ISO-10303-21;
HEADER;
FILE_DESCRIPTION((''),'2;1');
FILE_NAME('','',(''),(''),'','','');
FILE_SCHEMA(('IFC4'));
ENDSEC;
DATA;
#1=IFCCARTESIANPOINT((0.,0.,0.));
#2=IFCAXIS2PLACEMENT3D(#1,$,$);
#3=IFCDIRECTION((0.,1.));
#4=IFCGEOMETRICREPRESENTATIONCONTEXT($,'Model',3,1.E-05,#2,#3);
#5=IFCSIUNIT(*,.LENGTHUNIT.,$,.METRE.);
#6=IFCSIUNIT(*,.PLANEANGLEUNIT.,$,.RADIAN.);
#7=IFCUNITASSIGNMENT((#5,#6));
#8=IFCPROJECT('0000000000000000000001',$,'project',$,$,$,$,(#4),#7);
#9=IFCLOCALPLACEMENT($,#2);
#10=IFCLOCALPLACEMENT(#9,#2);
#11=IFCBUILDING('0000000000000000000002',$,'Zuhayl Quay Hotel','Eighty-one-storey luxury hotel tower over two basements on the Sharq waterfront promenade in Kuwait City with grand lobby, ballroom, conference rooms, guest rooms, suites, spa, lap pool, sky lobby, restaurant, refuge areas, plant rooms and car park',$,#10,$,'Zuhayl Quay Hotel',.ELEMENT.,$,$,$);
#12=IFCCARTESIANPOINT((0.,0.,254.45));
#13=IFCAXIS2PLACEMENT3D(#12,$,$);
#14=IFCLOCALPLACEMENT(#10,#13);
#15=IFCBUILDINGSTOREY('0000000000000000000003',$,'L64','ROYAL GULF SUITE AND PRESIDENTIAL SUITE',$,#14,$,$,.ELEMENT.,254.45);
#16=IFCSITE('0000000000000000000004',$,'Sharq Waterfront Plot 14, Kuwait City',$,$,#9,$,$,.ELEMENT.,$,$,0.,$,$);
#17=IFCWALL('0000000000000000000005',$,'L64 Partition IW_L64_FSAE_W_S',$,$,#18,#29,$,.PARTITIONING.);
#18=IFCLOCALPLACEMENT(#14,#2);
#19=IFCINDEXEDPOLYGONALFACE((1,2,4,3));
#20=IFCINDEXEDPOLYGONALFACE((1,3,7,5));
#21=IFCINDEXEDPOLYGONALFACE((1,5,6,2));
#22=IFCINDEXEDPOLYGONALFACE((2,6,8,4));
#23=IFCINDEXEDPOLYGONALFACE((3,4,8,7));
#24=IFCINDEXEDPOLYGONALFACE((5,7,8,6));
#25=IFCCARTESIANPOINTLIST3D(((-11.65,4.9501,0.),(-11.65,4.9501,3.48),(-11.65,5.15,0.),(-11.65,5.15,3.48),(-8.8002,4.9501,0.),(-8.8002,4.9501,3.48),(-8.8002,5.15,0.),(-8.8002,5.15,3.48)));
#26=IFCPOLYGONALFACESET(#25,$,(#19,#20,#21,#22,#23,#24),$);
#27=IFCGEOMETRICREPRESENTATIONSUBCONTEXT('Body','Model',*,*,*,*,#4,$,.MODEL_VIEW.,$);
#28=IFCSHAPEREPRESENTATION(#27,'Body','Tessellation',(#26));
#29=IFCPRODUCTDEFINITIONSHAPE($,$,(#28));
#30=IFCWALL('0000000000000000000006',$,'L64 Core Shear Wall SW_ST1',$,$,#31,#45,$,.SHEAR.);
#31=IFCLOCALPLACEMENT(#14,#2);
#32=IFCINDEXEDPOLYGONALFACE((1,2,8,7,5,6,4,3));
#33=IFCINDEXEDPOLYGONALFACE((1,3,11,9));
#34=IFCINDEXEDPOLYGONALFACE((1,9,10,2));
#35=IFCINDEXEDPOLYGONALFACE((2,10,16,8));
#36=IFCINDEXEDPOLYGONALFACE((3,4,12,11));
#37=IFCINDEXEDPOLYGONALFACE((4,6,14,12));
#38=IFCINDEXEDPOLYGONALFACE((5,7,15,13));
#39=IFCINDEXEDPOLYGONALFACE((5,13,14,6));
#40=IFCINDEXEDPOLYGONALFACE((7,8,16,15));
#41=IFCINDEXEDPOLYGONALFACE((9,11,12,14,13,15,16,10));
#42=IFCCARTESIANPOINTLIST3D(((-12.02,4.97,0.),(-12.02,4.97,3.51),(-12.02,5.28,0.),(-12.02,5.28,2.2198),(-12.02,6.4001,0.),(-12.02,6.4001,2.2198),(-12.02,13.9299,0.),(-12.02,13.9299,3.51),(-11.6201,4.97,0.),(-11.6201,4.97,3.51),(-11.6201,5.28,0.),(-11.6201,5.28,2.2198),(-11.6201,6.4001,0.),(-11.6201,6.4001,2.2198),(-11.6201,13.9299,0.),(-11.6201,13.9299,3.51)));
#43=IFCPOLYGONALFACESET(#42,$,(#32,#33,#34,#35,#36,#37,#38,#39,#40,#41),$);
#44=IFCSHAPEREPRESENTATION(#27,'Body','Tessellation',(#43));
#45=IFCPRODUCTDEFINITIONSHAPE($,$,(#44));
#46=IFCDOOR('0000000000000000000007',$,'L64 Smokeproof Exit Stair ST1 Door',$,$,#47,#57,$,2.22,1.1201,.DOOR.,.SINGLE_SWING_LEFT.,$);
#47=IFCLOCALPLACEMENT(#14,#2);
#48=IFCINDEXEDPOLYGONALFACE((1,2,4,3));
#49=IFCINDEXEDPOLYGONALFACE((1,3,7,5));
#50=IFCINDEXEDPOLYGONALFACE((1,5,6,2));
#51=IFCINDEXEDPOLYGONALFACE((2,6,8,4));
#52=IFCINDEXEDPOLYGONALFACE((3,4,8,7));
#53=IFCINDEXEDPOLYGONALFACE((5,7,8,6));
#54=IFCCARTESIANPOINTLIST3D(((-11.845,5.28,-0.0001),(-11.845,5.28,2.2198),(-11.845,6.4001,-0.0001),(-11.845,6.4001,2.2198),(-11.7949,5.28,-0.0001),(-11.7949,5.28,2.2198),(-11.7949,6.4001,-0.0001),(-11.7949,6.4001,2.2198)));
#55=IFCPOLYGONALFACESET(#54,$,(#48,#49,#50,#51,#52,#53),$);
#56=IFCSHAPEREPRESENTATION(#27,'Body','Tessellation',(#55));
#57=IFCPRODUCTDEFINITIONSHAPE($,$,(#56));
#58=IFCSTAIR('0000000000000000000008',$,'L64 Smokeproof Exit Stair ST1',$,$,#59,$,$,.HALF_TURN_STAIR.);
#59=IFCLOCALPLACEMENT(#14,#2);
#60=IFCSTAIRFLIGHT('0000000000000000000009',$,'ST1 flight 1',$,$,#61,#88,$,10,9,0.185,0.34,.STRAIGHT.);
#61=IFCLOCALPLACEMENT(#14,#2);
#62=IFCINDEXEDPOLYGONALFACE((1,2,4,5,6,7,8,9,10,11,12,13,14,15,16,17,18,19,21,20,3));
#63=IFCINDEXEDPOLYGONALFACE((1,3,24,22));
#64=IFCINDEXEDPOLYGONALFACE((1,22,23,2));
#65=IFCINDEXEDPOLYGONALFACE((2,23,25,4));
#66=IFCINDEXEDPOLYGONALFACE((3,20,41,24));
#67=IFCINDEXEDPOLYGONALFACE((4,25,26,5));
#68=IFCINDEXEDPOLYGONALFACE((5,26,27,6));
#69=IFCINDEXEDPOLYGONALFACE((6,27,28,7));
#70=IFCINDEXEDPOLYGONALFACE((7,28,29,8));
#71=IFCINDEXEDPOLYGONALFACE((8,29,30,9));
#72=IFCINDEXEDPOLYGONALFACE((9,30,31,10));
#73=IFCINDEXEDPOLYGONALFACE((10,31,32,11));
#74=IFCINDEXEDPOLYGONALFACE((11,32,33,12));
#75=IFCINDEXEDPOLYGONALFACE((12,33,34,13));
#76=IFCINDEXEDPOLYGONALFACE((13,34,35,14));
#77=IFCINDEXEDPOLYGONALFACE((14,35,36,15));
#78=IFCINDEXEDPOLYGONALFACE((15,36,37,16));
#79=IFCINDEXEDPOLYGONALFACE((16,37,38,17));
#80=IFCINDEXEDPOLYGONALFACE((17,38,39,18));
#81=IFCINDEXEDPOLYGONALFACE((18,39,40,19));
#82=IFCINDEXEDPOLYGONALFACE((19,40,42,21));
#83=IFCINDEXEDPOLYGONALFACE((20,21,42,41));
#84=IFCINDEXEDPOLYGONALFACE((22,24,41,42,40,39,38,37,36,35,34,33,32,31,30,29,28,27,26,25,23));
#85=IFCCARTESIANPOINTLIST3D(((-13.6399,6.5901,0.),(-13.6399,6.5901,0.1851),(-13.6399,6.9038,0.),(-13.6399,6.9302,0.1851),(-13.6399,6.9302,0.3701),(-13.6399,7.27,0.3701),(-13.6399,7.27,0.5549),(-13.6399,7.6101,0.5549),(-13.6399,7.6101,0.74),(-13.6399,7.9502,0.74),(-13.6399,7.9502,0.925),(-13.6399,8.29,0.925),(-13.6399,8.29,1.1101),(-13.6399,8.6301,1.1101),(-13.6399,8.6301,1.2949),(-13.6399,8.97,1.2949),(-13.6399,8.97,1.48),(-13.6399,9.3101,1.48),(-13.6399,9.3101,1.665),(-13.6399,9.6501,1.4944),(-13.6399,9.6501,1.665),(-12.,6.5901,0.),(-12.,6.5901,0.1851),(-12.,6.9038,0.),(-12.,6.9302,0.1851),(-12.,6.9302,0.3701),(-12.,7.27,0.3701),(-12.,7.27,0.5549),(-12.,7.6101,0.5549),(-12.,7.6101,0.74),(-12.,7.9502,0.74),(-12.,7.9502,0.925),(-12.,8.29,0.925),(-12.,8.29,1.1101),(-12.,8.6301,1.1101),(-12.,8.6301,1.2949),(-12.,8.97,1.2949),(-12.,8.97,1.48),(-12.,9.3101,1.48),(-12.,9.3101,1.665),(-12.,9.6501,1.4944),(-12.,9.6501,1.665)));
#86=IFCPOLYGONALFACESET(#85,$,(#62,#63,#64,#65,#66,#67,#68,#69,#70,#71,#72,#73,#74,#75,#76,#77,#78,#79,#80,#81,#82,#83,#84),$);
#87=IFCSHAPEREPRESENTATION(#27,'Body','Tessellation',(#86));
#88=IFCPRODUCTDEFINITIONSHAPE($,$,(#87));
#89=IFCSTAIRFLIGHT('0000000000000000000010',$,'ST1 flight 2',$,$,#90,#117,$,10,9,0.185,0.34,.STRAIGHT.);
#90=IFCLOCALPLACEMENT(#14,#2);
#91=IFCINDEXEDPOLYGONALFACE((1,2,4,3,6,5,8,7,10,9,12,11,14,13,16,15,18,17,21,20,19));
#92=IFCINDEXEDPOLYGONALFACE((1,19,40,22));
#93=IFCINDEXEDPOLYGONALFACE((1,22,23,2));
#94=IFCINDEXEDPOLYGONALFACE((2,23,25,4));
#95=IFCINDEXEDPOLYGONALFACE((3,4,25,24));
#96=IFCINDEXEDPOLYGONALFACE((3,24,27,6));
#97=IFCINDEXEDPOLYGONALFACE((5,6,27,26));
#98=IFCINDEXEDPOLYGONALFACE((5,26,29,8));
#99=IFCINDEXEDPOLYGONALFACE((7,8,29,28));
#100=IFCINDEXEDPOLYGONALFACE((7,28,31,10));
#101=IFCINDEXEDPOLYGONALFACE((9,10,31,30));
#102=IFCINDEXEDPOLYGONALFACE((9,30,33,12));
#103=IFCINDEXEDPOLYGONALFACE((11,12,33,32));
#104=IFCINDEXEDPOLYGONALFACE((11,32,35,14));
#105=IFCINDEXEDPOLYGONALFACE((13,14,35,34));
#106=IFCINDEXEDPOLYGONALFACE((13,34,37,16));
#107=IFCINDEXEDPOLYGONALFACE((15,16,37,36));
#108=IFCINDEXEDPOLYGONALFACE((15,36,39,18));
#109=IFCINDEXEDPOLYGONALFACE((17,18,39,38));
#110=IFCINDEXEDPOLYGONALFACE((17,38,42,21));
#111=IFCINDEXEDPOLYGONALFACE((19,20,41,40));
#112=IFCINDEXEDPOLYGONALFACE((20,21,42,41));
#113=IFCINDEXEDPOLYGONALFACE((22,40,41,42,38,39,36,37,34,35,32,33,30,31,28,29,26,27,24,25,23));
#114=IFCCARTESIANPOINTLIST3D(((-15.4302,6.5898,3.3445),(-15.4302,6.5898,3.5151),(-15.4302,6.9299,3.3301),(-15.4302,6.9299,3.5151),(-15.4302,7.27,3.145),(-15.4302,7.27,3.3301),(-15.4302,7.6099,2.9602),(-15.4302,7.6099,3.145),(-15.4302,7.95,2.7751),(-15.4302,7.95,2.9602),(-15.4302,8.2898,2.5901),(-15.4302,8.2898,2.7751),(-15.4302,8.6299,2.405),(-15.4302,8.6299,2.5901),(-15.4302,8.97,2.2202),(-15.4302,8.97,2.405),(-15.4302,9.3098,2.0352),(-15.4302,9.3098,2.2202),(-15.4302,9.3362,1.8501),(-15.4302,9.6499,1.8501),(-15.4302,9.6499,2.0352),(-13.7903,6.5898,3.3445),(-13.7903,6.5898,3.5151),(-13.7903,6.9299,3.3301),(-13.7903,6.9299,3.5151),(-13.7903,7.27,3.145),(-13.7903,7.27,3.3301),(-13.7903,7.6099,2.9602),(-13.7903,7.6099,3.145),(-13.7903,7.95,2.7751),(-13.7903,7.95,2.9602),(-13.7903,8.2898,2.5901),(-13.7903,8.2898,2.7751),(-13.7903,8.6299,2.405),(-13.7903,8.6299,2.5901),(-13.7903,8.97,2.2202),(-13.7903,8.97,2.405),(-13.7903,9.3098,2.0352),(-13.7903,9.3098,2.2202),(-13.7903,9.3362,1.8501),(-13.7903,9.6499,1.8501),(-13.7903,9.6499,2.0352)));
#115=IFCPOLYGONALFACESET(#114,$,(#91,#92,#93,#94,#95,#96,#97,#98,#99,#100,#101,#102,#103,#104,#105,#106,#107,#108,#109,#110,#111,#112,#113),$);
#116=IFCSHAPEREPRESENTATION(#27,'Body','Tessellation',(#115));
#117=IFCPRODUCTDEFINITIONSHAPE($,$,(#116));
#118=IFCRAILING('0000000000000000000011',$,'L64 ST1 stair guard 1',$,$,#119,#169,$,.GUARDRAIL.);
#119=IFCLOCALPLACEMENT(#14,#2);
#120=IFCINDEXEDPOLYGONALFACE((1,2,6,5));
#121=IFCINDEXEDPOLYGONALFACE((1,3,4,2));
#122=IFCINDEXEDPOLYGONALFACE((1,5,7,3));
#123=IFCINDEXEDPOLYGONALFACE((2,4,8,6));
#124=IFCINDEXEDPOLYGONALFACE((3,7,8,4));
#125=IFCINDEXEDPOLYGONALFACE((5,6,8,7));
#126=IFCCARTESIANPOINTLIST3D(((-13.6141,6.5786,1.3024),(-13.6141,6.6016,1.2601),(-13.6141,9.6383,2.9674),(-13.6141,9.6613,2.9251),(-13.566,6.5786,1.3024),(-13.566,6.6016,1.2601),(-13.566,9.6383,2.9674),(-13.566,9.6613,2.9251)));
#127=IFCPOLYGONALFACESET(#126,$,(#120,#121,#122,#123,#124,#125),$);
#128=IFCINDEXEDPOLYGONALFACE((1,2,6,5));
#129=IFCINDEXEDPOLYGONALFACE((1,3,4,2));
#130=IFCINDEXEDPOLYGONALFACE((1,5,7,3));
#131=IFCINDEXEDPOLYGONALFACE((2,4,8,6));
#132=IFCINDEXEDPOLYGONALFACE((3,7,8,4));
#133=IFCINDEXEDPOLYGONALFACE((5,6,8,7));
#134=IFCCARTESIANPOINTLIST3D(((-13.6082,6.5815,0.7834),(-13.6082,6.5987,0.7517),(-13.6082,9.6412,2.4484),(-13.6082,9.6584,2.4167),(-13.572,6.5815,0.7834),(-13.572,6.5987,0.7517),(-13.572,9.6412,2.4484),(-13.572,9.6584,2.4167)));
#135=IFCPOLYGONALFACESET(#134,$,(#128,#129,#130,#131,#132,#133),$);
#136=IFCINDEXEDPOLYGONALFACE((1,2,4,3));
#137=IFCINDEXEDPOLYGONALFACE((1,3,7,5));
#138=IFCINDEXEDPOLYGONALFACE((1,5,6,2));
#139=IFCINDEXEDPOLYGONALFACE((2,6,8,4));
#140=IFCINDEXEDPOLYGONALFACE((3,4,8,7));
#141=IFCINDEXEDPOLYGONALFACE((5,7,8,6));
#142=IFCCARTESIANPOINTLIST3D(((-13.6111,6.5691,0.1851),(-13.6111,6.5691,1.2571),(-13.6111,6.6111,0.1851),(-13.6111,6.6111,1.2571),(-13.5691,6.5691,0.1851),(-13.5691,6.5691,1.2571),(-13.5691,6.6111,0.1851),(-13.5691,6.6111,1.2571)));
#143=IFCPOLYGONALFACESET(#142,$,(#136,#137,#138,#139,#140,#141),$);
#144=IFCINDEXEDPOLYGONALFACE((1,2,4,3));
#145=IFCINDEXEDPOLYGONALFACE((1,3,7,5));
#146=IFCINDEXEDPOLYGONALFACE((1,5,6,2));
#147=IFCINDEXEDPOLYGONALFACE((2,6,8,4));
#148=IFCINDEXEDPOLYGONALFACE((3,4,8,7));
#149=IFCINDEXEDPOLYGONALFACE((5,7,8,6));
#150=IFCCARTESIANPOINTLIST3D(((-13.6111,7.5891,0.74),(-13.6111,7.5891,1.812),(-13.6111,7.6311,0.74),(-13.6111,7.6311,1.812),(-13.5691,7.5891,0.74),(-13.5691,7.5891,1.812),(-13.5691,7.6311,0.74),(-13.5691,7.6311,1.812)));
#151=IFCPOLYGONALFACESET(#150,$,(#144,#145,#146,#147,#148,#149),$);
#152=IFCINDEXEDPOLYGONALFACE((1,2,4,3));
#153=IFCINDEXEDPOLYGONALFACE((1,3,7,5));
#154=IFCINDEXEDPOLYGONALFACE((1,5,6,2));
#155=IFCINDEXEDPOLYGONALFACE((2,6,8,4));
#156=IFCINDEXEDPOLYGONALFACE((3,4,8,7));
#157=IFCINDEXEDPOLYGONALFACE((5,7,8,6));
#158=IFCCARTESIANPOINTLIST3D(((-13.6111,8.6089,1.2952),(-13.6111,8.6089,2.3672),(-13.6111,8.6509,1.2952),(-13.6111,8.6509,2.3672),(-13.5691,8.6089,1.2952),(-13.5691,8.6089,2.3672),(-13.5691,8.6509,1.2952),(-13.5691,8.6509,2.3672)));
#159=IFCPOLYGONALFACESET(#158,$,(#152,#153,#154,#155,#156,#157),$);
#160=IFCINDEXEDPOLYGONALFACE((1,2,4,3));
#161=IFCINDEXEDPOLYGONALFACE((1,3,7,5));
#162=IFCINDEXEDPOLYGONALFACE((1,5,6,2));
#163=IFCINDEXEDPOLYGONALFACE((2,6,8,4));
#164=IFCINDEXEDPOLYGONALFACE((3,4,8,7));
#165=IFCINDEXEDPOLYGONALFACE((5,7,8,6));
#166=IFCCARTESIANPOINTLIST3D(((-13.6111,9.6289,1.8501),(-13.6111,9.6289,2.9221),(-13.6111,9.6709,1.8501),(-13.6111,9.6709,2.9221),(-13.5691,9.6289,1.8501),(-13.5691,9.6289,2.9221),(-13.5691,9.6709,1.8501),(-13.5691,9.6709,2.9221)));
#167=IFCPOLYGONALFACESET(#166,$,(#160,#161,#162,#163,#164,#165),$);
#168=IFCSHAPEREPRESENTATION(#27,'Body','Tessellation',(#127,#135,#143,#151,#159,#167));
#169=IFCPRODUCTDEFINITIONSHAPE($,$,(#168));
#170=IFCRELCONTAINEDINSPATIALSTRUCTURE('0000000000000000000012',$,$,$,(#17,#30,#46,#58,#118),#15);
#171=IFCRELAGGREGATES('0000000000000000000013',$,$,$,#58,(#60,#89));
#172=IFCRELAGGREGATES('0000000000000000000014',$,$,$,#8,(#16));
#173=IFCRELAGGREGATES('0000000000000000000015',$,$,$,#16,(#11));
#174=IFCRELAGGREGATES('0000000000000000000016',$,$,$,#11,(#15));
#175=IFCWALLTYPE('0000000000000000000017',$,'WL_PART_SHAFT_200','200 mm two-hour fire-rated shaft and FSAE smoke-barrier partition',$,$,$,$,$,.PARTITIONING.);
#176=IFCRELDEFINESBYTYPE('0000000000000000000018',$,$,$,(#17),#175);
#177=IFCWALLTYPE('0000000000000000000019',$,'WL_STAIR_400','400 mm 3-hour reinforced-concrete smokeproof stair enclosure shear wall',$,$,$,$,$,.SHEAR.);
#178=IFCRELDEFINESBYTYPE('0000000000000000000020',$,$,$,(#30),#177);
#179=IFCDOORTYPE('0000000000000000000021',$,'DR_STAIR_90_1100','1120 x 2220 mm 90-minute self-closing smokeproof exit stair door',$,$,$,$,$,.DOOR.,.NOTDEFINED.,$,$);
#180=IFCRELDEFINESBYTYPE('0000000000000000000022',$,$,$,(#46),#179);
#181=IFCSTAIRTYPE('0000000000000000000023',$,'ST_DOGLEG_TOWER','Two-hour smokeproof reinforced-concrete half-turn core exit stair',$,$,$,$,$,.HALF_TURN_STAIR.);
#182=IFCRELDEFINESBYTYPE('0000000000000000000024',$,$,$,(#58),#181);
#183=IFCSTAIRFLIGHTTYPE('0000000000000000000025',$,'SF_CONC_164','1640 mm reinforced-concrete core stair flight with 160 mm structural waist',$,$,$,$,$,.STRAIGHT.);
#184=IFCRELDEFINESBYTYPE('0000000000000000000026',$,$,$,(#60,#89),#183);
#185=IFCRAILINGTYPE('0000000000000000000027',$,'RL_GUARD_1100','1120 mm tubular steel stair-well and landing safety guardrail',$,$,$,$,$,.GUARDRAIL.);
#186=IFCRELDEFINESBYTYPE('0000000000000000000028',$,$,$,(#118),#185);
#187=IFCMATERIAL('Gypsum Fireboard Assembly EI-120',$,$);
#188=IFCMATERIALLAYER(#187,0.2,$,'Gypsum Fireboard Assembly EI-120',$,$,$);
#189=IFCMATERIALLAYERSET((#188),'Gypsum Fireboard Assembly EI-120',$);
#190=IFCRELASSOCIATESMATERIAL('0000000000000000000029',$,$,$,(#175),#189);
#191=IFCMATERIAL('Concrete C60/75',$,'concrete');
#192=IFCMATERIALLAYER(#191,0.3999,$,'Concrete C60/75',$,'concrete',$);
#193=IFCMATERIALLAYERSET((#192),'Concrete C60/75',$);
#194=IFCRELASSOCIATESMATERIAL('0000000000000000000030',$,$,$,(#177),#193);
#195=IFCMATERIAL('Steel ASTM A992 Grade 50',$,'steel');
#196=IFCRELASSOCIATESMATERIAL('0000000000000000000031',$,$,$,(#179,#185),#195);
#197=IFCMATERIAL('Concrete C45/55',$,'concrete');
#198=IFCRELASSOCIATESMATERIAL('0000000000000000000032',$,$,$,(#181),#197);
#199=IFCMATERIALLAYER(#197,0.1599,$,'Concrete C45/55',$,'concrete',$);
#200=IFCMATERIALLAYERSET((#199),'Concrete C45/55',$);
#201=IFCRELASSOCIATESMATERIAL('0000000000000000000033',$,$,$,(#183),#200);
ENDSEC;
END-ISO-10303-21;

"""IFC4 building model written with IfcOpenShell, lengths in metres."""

from ifc_helpers import new_model, si_unit, direction, frame, frame_2d, origin, origin_2d, place, context, subcontext, project, spatial, polyline, rectangle, outline, extrude, material, layer, layer_set, type_object, element, fill, aggregate, save


model = new_model("IFC4")

# Units and contexts
model_context = context("Model", 3, precision=1e-05, world=origin(), true_north=direction((0.0, 1.0)))
body_context = subcontext(model_context, "Body", "Model", "MODEL_VIEW")
ifc_project = project(units=[si_unit("LENGTHUNIT", "METRE"), si_unit("PLANEANGLEUNIT", "RADIAN")], contexts=[model_context])

# Site, building, storey
site_placement = place(None, origin())
site = spatial("IfcSite", under=ifc_project, at=site_placement, Name="Sharq Waterfront Plot 14, Kuwait City", CompositionType="ELEMENT", RefElevation=0.0)
building_placement = place(site_placement, origin())
building = spatial("IfcBuilding", under=site, at=building_placement, Name="Zuhayl Quay Hotel", Description="Eighty-one-storey luxury hotel tower over two basements on the Sharq waterfront promenade in Kuwait City with grand lobby, ballroom, conference rooms, guest rooms, suites, spa, lap pool, sky lobby, restaurant, refuge areas, plant rooms and car park", LongName="Zuhayl Quay Hotel", CompositionType="ELEMENT")
storey_placement = place(building_placement, frame((0.0, 0.0, 254.45)))
storey = spatial("IfcBuildingStorey", under=building, at=storey_placement, Name="L64", Description="ROYAL GULF SUITE AND PRESIDENTIAL SUITE", CompositionType="ELEMENT", Elevation=254.45)

# Shared definitions
ifc_material_1 = material(Name="Concrete C60/75", Category="concrete")

# Wall
ifc_material_2 = material(Name="Gypsum Fireboard Assembly EI-120")
ifc_layer_1 = layer(ifc_material_2, 0.2, Name="Gypsum Fireboard Assembly EI-120")
ifc_layer_set_1 = layer_set([ifc_layer_1], Name="Gypsum Fireboard Assembly EI-120")
wall_type_1 = type_object("IfcWallType", Name="WL_PART_SHAFT_200", Description="200 mm two-hour fire-rated shaft and FSAE smoke-barrier partition", PredefinedType="PARTITIONING", material=ifc_layer_set_1)
wall_1_placement = place(storey_placement, frame((-11.6499, 5.05, 0.0), z_axis=(0.0, 0.0, 1.0), x_axis=(1.0, 0.0, 0.0)))
element("IfcWall", 1, at=wall_1_placement, inside=storey, type_object=wall_type_1, Name="L64 Partition IW_L64_FSAE_W_S", PredefinedType="PARTITIONING", context=body_context, shape_type="SweptSolid", body=[
    extrude(rectangle(XDim=2.8499, YDim=0.2, at=frame_2d((1.4248, 0.0))), origin(), (0.0, 0.0, 1.0), 3.48),
])

# Wall, opening, door
ifc_layer_2 = layer(ifc_material_1, 0.3999, Name="Concrete C60/75", Category="concrete")
ifc_layer_set_2 = layer_set([ifc_layer_2], Name="Concrete C60/75")
wall_type_2 = type_object("IfcWallType", Name="WL_STAIR_400", Description="400 mm 3-hour reinforced-concrete smokeproof stair enclosure shear wall", PredefinedType="SHEAR", material=ifc_layer_set_2)
wall_2_placement = place(storey_placement, frame((-11.8201, 4.97, 0.0), z_axis=(0.0, 0.0, 1.0), x_axis=(0.0, 1.0, 0.0)))
wall_2 = element("IfcWall", 2, at=wall_2_placement, inside=storey, type_object=wall_type_2, Name="L64 Core Shear Wall SW_ST1", PredefinedType="SHEAR", context=body_context, shape_type="SweptSolid", body=[
    extrude(rectangle(XDim=8.96, YDim=0.3999, at=frame_2d((4.48, 0.0))), origin(), (0.0, 0.0, 1.0), 3.51),
])
opening_1_placement = place(wall_2_placement, frame((0.3101, 0.0, 0.0)))
opening_1 = element("IfcOpeningElement", 3, at=opening_1_placement, cuts=wall_2, PredefinedType="OPENING", context=body_context, shape_type="SweptSolid", body=[
    extrude(rectangle(XDim=1.1201, YDim=2.22, at=frame_2d((0.5601, 1.1099))), frame((0.0, 0.21, 0.0), z_axis=(0.0, -1.0, 0.0), x_axis=(1.0, 0.0, 0.0)), (0.0, 0.0, 1.0), 0.4199),
])
ifc_material_3 = material(Name="Steel ASTM A992 Grade 50", Category="steel")
door_type_1 = type_object("IfcDoorType", Name="DR_STAIR_90_1100", Description="1120 x 2220 mm 90-minute self-closing smokeproof exit stair door", OperationType="NOTDEFINED", PredefinedType="DOOR", material=ifc_material_3)
door_1_placement = place(opening_1_placement, origin())
door_1 = element("IfcDoor", 4, at=door_1_placement, inside=storey, type_object=door_type_1, Name="L64 Smokeproof Exit Stair ST1 Door", OperationType="SINGLE_SWING_LEFT", OverallHeight=2.22, OverallWidth=1.1201, PredefinedType="DOOR", context=body_context, shape_type="SweptSolid", body=[
    extrude(rectangle(XDim=1.1201, YDim=2.22, at=frame_2d((0.5601, 1.1099))), frame((0.0, 0.0249, 0.0), z_axis=(0.0, -1.0, 0.0), x_axis=(1.0, 0.0, 0.0)), (0.0, 0.0, 1.0), 0.05),
])
fill(opening_1, door_1)

# Stair, stair flights
ifc_material_4 = material(Name="Concrete C45/55", Category="concrete")
stair_type = type_object("IfcStairType", Name="ST_DOGLEG_TOWER", Description="Two-hour smokeproof reinforced-concrete half-turn core exit stair", PredefinedType="HALF_TURN_STAIR", material=ifc_material_4)
stair_placement = place(storey_placement, origin())
stair = element("IfcStair", 5, at=stair_placement, inside=storey, type_object=stair_type, Name="L64 Smokeproof Exit Stair ST1", PredefinedType="HALF_TURN_STAIR")
ifc_layer_3 = layer(ifc_material_4, 0.1599, Name="Concrete C45/55", Category="concrete")
ifc_layer_set_3 = layer_set([ifc_layer_3], Name="Concrete C45/55")
stair_flight_type = type_object("IfcStairFlightType", Name="SF_CONC_164", Description="1640 mm reinforced-concrete core stair flight with 160 mm structural waist", PredefinedType="STRAIGHT", material=ifc_layer_set_3)
stair_flight_1_placement = place(storey_placement, frame((-12.8201, 6.5901, 0.0), z_axis=(0.0, 0.0, 1.0), x_axis=(0.0, 1.0, 0.0)))
stair_flight_1 = element("IfcStairFlight", 6, at=stair_flight_1_placement, type_object=stair_flight_type, Name="ST1 flight 1", NumberOfRisers=10, NumberOfTreads=9, PredefinedType="STRAIGHT", RiserHeight=0.185, TreadLength=0.34, context=body_context, shape_type="SweptSolid", body=[
    extrude(outline(polyline([(0.0, 0.0), (0.0, 0.1851), (0.3401, 0.1851), (0.3401, 0.3701), (0.6799, 0.3701), (0.6799, 0.5549), (1.02, 0.5549), (1.02, 0.74), (1.3601, 0.74), (1.3601, 0.925), (1.7, 0.925), (1.7, 1.1101), (2.04, 1.1101), (2.04, 1.2949), (2.3799, 1.2949), (2.3799, 1.48), (2.72, 1.48), (2.72, 1.665), (3.0601, 1.665), (3.0601, 1.8501), (3.0601, 1.4944), (0.3137, 0.0), (0.0, 0.0)])), frame((0.0, 0.8198, 0.0), z_axis=(0.0, -1.0, 0.0), x_axis=(1.0, 0.0, 0.0)), (0.0, 0.0, 1.0), 1.6399),
])
stair_flight_2_placement = place(storey_placement, frame((-14.6101, 9.6499, 1.8501), z_axis=(0.0, 0.0, 1.0), x_axis=(0.0, -1.0, 0.0)))
stair_flight_2 = element("IfcStairFlight", 7, at=stair_flight_2_placement, type_object=stair_flight_type, Name="ST1 flight 2", NumberOfRisers=10, NumberOfTreads=9, PredefinedType="STRAIGHT", RiserHeight=0.185, TreadLength=0.34, context=body_context, shape_type="SweptSolid", body=[
    extrude(outline(polyline([(0.0, 0.0), (0.0, 0.1851), (0.3401, 0.1851), (0.3401, 0.3701), (0.6799, 0.3701), (0.6799, 0.5549), (1.02, 0.5549), (1.02, 0.74), (1.3601, 0.74), (1.3601, 0.925), (1.7, 0.925), (1.7, 1.1101), (2.04, 1.1101), (2.04, 1.2949), (2.3799, 1.2949), (2.3799, 1.48), (2.72, 1.48), (2.72, 1.665), (3.0601, 1.665), (3.0601, 1.8501), (3.0601, 1.4944), (0.3137, 0.0), (0.0, 0.0)])), frame((0.0, 0.8198, 0.0), z_axis=(0.0, -1.0, 0.0), x_axis=(1.0, 0.0, 0.0)), (0.0, 0.0, 1.0), 1.6399),
])
aggregate(stair, [stair_flight_1, stair_flight_2])

# Railing
railing_type_1 = type_object("IfcRailingType", Name="RL_GUARD_1100", Description="1120 mm tubular steel stair-well and landing safety guardrail", PredefinedType="GUARDRAIL", material=ifc_material_3)
railing_1_placement = place(storey_placement, frame((-13.5901, 6.5901, 0.1851)))
element("IfcRailing", 8, at=railing_1_placement, inside=storey, type_object=railing_type_1, Name="L64 ST1 stair guard 1", PredefinedType="GUARDRAIL", context=body_context, shape_type="SweptSolid", body=[
    extrude(rectangle(XDim=0.0481, YDim=0.0481, at=origin_2d()), frame((0.0, 0.0, 1.0962), z_axis=(0.0, 0.878372, 0.477978), x_axis=(-1.0, 0.0, 0.0)), (0.0, 0.0, 1.0), 3.4834),
    extrude(rectangle(XDim=0.0361, YDim=0.0361, at=origin_2d()), frame((0.0, 0.0, 0.5825), z_axis=(0.0, 0.878372, 0.477978), x_axis=(-1.0, 0.0, 0.0)), (0.0, 0.0, 1.0), 3.4834),
    extrude(rectangle(XDim=0.042, YDim=0.042, at=origin_2d()), origin(), (0.0, 0.0, 1.0), 1.072),
    extrude(rectangle(XDim=0.042, YDim=0.042, at=origin_2d()), frame((0.0, 1.02, 0.5549)), (0.0, 0.0, 1.0), 1.072),
    extrude(rectangle(XDim=0.042, YDim=0.042, at=origin_2d()), frame((0.0, 2.0398, 1.1101)), (0.0, 0.0, 1.0), 1.072),
    extrude(rectangle(XDim=0.042, YDim=0.042, at=origin_2d()), frame((0.0, 3.0598, 1.665)), (0.0, 0.0, 1.0), 1.072),
])

save(model, "model.ifc")
